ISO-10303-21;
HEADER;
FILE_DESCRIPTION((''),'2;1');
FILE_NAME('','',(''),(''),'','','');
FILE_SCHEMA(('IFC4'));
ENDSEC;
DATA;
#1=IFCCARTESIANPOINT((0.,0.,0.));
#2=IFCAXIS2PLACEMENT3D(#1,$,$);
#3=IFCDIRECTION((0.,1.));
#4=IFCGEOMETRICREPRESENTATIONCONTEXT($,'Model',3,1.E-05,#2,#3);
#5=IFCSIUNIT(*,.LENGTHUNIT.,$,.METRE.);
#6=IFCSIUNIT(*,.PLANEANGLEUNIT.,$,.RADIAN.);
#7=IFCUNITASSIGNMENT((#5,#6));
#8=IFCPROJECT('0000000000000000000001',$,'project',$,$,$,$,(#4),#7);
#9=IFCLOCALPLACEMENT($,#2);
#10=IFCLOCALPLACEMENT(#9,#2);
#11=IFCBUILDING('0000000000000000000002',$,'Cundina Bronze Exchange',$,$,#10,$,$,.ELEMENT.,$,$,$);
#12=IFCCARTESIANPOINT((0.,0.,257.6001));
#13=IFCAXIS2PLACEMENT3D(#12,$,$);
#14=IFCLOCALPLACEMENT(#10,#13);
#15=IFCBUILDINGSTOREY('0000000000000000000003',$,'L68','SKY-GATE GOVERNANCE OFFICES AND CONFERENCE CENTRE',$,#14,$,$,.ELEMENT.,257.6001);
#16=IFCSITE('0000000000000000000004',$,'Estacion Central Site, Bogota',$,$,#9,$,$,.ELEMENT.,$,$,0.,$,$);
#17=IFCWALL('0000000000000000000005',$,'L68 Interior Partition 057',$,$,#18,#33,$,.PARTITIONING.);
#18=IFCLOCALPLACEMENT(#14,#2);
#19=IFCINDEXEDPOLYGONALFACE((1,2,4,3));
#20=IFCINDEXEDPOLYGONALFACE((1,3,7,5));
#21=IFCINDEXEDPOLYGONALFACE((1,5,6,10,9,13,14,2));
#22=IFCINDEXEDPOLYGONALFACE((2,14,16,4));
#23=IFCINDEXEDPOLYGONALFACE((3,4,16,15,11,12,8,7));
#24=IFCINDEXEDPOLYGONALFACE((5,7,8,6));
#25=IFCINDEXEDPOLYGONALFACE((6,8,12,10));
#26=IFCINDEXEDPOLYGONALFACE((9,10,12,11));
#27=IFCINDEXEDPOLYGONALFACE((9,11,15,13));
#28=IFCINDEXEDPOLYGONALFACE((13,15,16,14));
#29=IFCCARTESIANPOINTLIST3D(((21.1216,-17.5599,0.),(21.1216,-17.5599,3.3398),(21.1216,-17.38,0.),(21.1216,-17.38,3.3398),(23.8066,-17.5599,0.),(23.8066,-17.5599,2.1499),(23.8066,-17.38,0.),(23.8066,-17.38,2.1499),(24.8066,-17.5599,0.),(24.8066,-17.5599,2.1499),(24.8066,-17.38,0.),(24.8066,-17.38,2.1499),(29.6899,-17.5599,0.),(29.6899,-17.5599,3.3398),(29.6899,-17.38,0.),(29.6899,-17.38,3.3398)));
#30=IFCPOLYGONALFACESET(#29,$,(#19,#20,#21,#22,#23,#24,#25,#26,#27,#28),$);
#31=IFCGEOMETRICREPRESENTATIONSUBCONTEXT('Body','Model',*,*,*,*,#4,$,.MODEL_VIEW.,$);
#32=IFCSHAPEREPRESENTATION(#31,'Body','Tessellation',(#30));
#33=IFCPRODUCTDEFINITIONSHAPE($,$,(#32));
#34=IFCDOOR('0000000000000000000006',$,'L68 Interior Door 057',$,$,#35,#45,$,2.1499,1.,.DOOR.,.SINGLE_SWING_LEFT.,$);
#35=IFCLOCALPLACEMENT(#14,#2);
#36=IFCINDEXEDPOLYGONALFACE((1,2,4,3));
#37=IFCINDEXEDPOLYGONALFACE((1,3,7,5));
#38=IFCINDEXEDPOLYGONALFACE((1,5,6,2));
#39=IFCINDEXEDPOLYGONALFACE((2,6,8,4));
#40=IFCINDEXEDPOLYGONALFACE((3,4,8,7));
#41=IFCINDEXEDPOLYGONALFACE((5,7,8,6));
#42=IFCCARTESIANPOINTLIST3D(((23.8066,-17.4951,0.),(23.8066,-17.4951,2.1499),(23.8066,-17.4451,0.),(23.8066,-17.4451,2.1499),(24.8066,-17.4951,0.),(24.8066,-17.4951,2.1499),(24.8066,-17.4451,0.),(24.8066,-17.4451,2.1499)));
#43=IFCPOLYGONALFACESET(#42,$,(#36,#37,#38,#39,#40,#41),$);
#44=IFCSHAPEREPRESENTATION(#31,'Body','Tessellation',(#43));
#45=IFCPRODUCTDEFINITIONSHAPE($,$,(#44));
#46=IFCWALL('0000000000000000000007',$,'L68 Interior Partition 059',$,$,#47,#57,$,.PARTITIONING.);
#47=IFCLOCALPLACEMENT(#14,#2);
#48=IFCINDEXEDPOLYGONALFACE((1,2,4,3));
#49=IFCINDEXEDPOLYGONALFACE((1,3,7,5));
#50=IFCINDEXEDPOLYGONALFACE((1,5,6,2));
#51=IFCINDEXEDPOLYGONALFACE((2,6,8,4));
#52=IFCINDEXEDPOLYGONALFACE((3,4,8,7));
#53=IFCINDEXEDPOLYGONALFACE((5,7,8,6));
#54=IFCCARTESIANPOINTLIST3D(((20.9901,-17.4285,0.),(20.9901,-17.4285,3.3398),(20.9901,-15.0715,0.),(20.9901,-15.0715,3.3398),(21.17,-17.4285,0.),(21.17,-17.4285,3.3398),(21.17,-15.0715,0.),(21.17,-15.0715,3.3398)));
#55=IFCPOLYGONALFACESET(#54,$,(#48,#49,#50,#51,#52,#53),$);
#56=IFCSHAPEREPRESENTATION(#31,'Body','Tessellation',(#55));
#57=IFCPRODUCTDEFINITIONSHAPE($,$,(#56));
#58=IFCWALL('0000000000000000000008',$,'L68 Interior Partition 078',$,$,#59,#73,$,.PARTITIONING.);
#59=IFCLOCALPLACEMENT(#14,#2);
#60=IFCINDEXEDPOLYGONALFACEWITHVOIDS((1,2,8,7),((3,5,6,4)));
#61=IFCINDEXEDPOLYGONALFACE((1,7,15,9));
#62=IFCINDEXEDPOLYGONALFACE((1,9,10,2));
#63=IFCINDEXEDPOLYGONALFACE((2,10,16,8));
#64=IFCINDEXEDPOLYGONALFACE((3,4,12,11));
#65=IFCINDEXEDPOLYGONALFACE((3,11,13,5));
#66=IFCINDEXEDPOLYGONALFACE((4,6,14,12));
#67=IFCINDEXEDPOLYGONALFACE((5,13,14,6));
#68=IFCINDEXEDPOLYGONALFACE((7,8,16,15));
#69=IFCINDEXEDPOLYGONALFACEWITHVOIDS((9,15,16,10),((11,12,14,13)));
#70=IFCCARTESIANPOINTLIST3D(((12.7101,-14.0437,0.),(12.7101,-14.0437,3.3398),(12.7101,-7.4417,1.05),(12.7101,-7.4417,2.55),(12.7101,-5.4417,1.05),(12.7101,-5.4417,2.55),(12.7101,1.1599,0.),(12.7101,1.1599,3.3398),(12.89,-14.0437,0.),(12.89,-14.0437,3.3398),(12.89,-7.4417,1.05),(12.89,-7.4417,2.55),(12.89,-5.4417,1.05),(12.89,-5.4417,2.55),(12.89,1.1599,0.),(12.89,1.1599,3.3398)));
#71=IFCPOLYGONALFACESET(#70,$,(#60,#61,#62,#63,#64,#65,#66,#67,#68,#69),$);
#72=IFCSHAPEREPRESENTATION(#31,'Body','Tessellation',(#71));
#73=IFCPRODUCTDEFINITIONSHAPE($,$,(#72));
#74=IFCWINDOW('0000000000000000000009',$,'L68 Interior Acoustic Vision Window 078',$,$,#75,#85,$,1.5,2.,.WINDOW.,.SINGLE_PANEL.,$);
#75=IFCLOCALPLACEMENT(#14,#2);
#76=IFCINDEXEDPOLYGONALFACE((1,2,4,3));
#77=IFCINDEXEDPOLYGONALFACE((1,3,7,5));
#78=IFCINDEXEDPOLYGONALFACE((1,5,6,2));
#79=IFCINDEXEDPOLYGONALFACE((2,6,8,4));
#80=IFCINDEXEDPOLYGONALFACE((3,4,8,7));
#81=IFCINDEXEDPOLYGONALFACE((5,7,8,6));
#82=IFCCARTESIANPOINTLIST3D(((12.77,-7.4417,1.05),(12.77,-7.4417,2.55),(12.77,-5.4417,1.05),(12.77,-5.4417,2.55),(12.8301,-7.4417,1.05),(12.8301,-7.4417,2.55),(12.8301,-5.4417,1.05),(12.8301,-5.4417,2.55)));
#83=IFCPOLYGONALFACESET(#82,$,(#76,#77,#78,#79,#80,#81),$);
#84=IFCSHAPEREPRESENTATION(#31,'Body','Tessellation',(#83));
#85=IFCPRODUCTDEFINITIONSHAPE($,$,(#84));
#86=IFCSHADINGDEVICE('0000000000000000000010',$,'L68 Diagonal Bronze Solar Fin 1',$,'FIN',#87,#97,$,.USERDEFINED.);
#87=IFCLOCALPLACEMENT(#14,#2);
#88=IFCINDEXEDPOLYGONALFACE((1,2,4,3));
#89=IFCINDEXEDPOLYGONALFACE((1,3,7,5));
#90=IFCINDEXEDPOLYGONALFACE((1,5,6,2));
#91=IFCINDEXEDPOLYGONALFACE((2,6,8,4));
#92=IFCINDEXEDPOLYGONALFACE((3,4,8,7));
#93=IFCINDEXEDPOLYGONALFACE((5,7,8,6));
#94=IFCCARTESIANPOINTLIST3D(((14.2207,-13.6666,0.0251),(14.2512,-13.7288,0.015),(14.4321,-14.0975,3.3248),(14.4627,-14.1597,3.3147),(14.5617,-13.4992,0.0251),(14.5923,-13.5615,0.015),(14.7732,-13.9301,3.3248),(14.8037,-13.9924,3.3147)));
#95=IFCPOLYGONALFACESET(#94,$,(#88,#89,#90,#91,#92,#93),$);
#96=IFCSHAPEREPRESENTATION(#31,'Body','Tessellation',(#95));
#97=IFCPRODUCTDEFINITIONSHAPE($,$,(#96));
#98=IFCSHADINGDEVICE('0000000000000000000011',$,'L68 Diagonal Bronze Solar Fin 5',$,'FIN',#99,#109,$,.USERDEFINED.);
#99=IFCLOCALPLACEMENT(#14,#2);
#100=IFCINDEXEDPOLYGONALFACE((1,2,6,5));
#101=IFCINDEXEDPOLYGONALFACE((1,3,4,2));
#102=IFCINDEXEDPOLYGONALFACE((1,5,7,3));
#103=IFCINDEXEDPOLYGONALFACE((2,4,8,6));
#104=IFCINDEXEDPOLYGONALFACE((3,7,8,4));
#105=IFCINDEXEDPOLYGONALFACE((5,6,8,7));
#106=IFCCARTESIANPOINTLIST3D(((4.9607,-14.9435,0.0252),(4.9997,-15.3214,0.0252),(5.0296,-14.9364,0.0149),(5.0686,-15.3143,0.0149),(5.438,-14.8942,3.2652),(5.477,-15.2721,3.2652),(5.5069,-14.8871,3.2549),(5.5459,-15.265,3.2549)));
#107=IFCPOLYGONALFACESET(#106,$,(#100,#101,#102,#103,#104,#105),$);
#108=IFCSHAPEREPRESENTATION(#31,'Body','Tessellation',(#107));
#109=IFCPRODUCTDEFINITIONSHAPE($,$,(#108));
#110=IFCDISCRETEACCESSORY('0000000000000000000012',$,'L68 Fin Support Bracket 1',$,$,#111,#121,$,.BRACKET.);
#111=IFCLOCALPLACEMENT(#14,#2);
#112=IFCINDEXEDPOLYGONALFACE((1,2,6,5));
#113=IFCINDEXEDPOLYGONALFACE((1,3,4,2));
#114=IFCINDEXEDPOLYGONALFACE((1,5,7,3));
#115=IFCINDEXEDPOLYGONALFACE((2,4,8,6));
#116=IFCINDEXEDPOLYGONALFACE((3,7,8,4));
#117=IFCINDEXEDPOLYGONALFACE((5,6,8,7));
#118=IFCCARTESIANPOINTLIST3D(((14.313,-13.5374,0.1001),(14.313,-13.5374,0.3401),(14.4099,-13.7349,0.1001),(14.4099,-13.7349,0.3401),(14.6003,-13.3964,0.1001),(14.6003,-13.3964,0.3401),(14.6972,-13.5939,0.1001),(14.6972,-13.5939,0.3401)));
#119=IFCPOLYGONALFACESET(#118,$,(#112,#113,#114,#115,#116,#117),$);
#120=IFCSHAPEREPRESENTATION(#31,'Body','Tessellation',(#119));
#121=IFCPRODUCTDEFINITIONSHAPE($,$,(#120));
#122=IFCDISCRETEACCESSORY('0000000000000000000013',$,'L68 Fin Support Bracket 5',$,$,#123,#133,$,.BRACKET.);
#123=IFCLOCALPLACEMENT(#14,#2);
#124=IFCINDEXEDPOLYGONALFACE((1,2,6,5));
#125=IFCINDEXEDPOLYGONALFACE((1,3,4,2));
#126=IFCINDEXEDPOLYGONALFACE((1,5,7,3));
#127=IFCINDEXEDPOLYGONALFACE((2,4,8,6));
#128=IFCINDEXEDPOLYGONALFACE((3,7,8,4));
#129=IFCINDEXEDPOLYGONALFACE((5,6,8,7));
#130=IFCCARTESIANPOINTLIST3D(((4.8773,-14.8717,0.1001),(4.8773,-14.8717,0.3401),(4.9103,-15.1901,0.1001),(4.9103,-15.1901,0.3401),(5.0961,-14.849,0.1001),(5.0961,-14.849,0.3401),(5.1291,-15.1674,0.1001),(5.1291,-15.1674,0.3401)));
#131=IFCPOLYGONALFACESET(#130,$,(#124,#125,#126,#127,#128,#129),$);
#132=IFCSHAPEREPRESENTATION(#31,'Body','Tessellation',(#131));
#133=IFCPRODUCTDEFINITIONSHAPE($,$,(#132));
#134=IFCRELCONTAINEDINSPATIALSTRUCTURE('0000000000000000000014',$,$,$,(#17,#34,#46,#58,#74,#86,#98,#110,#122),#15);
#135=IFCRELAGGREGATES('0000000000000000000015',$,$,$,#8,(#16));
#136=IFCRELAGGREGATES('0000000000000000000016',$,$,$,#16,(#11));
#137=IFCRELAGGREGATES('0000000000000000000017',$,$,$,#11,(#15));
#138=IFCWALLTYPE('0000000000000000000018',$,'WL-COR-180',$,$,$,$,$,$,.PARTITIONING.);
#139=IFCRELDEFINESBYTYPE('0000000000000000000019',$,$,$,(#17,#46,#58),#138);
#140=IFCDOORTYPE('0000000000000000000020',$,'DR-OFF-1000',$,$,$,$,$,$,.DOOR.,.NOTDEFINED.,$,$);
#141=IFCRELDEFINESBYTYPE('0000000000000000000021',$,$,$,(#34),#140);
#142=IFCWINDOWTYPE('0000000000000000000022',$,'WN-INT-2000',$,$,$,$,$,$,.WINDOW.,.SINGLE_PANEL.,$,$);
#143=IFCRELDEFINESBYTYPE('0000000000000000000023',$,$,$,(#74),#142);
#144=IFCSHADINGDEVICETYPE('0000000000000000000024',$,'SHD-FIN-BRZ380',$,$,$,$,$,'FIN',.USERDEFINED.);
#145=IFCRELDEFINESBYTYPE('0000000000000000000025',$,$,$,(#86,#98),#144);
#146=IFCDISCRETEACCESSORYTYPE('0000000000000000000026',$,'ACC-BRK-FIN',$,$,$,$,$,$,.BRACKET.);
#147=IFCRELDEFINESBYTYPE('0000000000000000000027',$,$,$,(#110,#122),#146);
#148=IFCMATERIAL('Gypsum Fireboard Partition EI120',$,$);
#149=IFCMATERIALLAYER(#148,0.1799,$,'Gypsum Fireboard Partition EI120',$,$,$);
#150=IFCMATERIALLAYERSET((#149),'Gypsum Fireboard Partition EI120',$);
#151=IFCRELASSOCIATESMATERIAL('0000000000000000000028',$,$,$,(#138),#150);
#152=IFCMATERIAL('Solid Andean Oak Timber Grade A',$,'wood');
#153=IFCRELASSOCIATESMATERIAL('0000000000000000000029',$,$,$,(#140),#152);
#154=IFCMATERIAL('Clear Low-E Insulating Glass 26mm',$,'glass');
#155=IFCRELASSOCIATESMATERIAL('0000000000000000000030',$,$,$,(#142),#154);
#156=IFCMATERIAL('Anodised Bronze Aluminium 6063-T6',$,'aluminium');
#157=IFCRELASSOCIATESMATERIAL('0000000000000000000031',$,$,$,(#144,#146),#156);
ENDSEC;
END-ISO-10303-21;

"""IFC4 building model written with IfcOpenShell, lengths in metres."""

from ifc_helpers import new_model, si_unit, direction, frame, frame_2d, origin, origin_2d, place, context, subcontext, project, spatial, rectangle, extrude, material, layer, layer_set, material_profile, profile_set, type_object, element, fill, save


model = new_model("IFC4")

# Units and contexts
model_context = context("Model", 3, precision=1e-05, world=origin(), true_north=direction((0.0, 1.0)))
body_context = subcontext(model_context, "Body", "Model", "MODEL_VIEW")
ifc_project = project(units=[si_unit("LENGTHUNIT", "METRE"), si_unit("PLANEANGLEUNIT", "RADIAN")], contexts=[model_context])

# Site, building, storey
site_placement = place(None, origin())
site = spatial("IfcSite", under=ifc_project, at=site_placement, Name="Estacion Central Site, Bogota", CompositionType="ELEMENT", RefElevation=0.0)
building_placement = place(site_placement, origin())
building = spatial("IfcBuilding", under=site, at=building_placement, Name="Cundina Bronze Exchange", CompositionType="ELEMENT")
storey_placement = place(building_placement, frame((0.0, 0.0, 257.6001)))
storey = spatial("IfcBuildingStorey", under=building, at=storey_placement, Name="L68", Description="SKY-GATE GOVERNANCE OFFICES AND CONFERENCE CENTRE", CompositionType="ELEMENT", Elevation=257.6001)

# Shared definitions
ifc_material_1 = material(Name="Anodised Bronze Aluminium 6063-T6", Category="aluminium")

# Shared definitions
ifc_material_2 = material(Name="Gypsum Fireboard Partition EI120")
ifc_layer_1 = layer(ifc_material_2, 0.1799, Name="Gypsum Fireboard Partition EI120")
ifc_layer_set_1 = layer_set([ifc_layer_1], Name="Gypsum Fireboard Partition EI120")
wall_type = type_object("IfcWallType", Name="WL-COR-180", PredefinedType="PARTITIONING", material=ifc_layer_set_1)

# Wall, opening, door
wall_1_placement = place(storey_placement, frame((21.1216, -17.47, 0.0), z_axis=(0.0, 0.0, 1.0), x_axis=(1.0, 0.0, 0.0)))
wall_1 = element("IfcWall", 1, at=wall_1_placement, inside=storey, type_object=wall_type, Name="L68 Interior Partition 057", PredefinedType="PARTITIONING", context=body_context, shape_type="SweptSolid", body=[
    extrude(rectangle(XDim=8.5684, YDim=0.1799, at=frame_2d((4.2842, 0.0))), origin(), (0.0, 0.0, 1.0), 3.3398),
])
opening_1_placement = place(wall_1_placement, frame((2.6851, 0.0, 0.0)))
opening_1 = element("IfcOpeningElement", 2, at=opening_1_placement, cuts=wall_1, PredefinedType="OPENING", context=body_context, shape_type="SweptSolid", body=[
    extrude(rectangle(XDim=1.0, YDim=2.1499, at=frame_2d((0.5, 1.075))), frame((0.0, 0.0999, 0.0), z_axis=(0.0, -1.0, 0.0), x_axis=(1.0, 0.0, 0.0)), (0.0, 0.0, 1.0), 0.2),
])
ifc_material_3 = material(Name="Solid Andean Oak Timber Grade A", Category="wood")
door_type = type_object("IfcDoorType", Name="DR-OFF-1000", OperationType="NOTDEFINED", PredefinedType="DOOR", material=ifc_material_3)
door_placement = place(opening_1_placement, origin())
door = element("IfcDoor", 3, at=door_placement, inside=storey, type_object=door_type, Name="L68 Interior Door 057", OperationType="SINGLE_SWING_LEFT", OverallHeight=2.1499, OverallWidth=1.0, PredefinedType="DOOR", context=body_context, shape_type="SweptSolid", body=[
    extrude(rectangle(XDim=1.0, YDim=2.1499, at=frame_2d((0.5, 1.075))), frame((0.0, 0.0249, 0.0), z_axis=(0.0, -1.0, 0.0), x_axis=(1.0, 0.0, 0.0)), (0.0, 0.0, 1.0), 0.05),
])
fill(opening_1, door)

# Wall
wall_2_placement = place(storey_placement, frame((21.0801, -15.0715, 0.0), z_axis=(0.0, 0.0, 1.0), x_axis=(0.0, -1.0, 0.0)))
element("IfcWall", 4, at=wall_2_placement, inside=storey, type_object=wall_type, Name="L68 Interior Partition 059", PredefinedType="PARTITIONING", context=body_context, shape_type="SweptSolid", body=[
    extrude(rectangle(XDim=2.3569, YDim=0.1799, at=frame_2d((1.1785, 0.0))), origin(), (0.0, 0.0, 1.0), 3.3398),
])

# Wall, opening, window
wall_3_placement = place(storey_placement, frame((12.8, -14.0437, 0.0), z_axis=(0.0, 0.0, 1.0), x_axis=(0.0, 1.0, 0.0)))
wall_3 = element("IfcWall", 5, at=wall_3_placement, inside=storey, type_object=wall_type, Name="L68 Interior Partition 078", PredefinedType="PARTITIONING", context=body_context, shape_type="SweptSolid", body=[
    extrude(rectangle(XDim=15.2036, YDim=0.1799, at=frame_2d((7.6018, 0.0))), origin(), (0.0, 0.0, 1.0), 3.3398),
])
opening_2_placement = place(wall_3_placement, frame((6.6021, 0.0, 1.05)))
opening_2 = element("IfcOpeningElement", 6, at=opening_2_placement, cuts=wall_3, PredefinedType="OPENING", context=body_context, shape_type="SweptSolid", body=[
    extrude(rectangle(XDim=2.0, YDim=1.5, at=frame_2d((1.0, 0.75))), frame((0.0, 0.0999, 0.0), z_axis=(0.0, -1.0, 0.0), x_axis=(1.0, 0.0, 0.0)), (0.0, 0.0, 1.0), 0.2),
])
ifc_material_4 = material(Name="Clear Low-E Insulating Glass 26mm", Category="glass")
window_type = type_object("IfcWindowType", Name="WN-INT-2000", PartitioningType="SINGLE_PANEL", PredefinedType="WINDOW", material=ifc_material_4)
window_placement = place(opening_2_placement, origin())
window = element("IfcWindow", 7, at=window_placement, inside=storey, type_object=window_type, Name="L68 Interior Acoustic Vision Window 078", OverallHeight=1.5, OverallWidth=2.0, PartitioningType="SINGLE_PANEL", PredefinedType="WINDOW", context=body_context, shape_type="SweptSolid", body=[
    extrude(rectangle(XDim=2.0, YDim=1.5, at=frame_2d((1.0, 0.75))), frame((0.0, 0.03, 0.0), z_axis=(0.0, -1.0, 0.0), x_axis=(1.0, 0.0, 0.0)), (0.0, 0.0, 1.0), 0.0601),
])
fill(opening_2, window)

# Shading devices
ifc_material_profile_1 = material_profile(ifc_material_1, rectangle(XDim=0.0701, YDim=0.3799, at=origin_2d()), Name="FIN70X380", Category="aluminium")
ifc_profile_set_1 = profile_set([ifc_material_profile_1], Name="Anodised Bronze Aluminium 6063-T6")
shading_device_type = type_object("IfcShadingDeviceType", Name="SHD-FIN-BRZ380", ElementType="FIN", PredefinedType="USERDEFINED", material=ifc_profile_set_1)
shading_device_1_placement = place(storey_placement, frame((14.4065, -13.614, 0.02), z_axis=(0.063405, -0.129226, 0.989586), x_axis=(-0.4359, 0.88841, 0.143943)))
element("IfcShadingDevice", 8, at=shading_device_1_placement, inside=storey, type_object=shading_device_type, Name="L68 Diagonal Bronze Solar Fin 1", ObjectType="FIN", PredefinedType="USERDEFINED", context=body_context, shape_type="SweptSolid", body=[
    extrude(rectangle(XDim=0.0701, YDim=0.3799, at=origin_2d()), origin(), (0.0, 0.0, 1.0), 3.3345),
])
shading_device_2_placement = place(storey_placement, frame((5.0146, -15.1289, 0.02), z_axis=(0.145724, 0.015057, 0.989211), x_axis=(-0.983972, -0.101669, 0.1465)))
element("IfcShadingDevice", 9, at=shading_device_2_placement, inside=storey, type_object=shading_device_type, Name="L68 Diagonal Bronze Solar Fin 5", ObjectType="FIN", PredefinedType="USERDEFINED", context=body_context, shape_type="SweptSolid", body=[
    extrude(rectangle(XDim=0.0701, YDim=0.3799, at=origin_2d()), origin(), (0.0, 0.0, 1.0), 3.2754),
])

# Discrete accessories
discrete_accessory_type = type_object("IfcDiscreteAccessoryType", Name="ACC-BRK-FIN", PredefinedType="BRACKET", material=ifc_material_1)
for number, where, z_axis, x_axis, name in (
    (10, (14.5051, -13.5657, 0.1001), (0.0, 0.0, 1.0), (0.440503, -0.897751, 0.0), "L68 Fin Support Bracket 1"),
    (11, (5.0032, -15.0195, 0.1001), (0.0, 0.0, 1.0), (0.994672, 0.103088, 0.0), "L68 Fin Support Bracket 5"),
):
    element("IfcDiscreteAccessory", number, at=place(storey_placement, frame(where, z_axis=z_axis, x_axis=x_axis)), inside=storey, type_object=discrete_accessory_type, Name=name, PredefinedType="BRACKET", context=body_context, shape_type="SweptSolid", body=[
        extrude(rectangle(XDim=0.22, YDim=0.3201, at=origin_2d()), origin(), (0.0, 0.0, 1.0), 0.24),
    ])

save(model, "model.ifc")
